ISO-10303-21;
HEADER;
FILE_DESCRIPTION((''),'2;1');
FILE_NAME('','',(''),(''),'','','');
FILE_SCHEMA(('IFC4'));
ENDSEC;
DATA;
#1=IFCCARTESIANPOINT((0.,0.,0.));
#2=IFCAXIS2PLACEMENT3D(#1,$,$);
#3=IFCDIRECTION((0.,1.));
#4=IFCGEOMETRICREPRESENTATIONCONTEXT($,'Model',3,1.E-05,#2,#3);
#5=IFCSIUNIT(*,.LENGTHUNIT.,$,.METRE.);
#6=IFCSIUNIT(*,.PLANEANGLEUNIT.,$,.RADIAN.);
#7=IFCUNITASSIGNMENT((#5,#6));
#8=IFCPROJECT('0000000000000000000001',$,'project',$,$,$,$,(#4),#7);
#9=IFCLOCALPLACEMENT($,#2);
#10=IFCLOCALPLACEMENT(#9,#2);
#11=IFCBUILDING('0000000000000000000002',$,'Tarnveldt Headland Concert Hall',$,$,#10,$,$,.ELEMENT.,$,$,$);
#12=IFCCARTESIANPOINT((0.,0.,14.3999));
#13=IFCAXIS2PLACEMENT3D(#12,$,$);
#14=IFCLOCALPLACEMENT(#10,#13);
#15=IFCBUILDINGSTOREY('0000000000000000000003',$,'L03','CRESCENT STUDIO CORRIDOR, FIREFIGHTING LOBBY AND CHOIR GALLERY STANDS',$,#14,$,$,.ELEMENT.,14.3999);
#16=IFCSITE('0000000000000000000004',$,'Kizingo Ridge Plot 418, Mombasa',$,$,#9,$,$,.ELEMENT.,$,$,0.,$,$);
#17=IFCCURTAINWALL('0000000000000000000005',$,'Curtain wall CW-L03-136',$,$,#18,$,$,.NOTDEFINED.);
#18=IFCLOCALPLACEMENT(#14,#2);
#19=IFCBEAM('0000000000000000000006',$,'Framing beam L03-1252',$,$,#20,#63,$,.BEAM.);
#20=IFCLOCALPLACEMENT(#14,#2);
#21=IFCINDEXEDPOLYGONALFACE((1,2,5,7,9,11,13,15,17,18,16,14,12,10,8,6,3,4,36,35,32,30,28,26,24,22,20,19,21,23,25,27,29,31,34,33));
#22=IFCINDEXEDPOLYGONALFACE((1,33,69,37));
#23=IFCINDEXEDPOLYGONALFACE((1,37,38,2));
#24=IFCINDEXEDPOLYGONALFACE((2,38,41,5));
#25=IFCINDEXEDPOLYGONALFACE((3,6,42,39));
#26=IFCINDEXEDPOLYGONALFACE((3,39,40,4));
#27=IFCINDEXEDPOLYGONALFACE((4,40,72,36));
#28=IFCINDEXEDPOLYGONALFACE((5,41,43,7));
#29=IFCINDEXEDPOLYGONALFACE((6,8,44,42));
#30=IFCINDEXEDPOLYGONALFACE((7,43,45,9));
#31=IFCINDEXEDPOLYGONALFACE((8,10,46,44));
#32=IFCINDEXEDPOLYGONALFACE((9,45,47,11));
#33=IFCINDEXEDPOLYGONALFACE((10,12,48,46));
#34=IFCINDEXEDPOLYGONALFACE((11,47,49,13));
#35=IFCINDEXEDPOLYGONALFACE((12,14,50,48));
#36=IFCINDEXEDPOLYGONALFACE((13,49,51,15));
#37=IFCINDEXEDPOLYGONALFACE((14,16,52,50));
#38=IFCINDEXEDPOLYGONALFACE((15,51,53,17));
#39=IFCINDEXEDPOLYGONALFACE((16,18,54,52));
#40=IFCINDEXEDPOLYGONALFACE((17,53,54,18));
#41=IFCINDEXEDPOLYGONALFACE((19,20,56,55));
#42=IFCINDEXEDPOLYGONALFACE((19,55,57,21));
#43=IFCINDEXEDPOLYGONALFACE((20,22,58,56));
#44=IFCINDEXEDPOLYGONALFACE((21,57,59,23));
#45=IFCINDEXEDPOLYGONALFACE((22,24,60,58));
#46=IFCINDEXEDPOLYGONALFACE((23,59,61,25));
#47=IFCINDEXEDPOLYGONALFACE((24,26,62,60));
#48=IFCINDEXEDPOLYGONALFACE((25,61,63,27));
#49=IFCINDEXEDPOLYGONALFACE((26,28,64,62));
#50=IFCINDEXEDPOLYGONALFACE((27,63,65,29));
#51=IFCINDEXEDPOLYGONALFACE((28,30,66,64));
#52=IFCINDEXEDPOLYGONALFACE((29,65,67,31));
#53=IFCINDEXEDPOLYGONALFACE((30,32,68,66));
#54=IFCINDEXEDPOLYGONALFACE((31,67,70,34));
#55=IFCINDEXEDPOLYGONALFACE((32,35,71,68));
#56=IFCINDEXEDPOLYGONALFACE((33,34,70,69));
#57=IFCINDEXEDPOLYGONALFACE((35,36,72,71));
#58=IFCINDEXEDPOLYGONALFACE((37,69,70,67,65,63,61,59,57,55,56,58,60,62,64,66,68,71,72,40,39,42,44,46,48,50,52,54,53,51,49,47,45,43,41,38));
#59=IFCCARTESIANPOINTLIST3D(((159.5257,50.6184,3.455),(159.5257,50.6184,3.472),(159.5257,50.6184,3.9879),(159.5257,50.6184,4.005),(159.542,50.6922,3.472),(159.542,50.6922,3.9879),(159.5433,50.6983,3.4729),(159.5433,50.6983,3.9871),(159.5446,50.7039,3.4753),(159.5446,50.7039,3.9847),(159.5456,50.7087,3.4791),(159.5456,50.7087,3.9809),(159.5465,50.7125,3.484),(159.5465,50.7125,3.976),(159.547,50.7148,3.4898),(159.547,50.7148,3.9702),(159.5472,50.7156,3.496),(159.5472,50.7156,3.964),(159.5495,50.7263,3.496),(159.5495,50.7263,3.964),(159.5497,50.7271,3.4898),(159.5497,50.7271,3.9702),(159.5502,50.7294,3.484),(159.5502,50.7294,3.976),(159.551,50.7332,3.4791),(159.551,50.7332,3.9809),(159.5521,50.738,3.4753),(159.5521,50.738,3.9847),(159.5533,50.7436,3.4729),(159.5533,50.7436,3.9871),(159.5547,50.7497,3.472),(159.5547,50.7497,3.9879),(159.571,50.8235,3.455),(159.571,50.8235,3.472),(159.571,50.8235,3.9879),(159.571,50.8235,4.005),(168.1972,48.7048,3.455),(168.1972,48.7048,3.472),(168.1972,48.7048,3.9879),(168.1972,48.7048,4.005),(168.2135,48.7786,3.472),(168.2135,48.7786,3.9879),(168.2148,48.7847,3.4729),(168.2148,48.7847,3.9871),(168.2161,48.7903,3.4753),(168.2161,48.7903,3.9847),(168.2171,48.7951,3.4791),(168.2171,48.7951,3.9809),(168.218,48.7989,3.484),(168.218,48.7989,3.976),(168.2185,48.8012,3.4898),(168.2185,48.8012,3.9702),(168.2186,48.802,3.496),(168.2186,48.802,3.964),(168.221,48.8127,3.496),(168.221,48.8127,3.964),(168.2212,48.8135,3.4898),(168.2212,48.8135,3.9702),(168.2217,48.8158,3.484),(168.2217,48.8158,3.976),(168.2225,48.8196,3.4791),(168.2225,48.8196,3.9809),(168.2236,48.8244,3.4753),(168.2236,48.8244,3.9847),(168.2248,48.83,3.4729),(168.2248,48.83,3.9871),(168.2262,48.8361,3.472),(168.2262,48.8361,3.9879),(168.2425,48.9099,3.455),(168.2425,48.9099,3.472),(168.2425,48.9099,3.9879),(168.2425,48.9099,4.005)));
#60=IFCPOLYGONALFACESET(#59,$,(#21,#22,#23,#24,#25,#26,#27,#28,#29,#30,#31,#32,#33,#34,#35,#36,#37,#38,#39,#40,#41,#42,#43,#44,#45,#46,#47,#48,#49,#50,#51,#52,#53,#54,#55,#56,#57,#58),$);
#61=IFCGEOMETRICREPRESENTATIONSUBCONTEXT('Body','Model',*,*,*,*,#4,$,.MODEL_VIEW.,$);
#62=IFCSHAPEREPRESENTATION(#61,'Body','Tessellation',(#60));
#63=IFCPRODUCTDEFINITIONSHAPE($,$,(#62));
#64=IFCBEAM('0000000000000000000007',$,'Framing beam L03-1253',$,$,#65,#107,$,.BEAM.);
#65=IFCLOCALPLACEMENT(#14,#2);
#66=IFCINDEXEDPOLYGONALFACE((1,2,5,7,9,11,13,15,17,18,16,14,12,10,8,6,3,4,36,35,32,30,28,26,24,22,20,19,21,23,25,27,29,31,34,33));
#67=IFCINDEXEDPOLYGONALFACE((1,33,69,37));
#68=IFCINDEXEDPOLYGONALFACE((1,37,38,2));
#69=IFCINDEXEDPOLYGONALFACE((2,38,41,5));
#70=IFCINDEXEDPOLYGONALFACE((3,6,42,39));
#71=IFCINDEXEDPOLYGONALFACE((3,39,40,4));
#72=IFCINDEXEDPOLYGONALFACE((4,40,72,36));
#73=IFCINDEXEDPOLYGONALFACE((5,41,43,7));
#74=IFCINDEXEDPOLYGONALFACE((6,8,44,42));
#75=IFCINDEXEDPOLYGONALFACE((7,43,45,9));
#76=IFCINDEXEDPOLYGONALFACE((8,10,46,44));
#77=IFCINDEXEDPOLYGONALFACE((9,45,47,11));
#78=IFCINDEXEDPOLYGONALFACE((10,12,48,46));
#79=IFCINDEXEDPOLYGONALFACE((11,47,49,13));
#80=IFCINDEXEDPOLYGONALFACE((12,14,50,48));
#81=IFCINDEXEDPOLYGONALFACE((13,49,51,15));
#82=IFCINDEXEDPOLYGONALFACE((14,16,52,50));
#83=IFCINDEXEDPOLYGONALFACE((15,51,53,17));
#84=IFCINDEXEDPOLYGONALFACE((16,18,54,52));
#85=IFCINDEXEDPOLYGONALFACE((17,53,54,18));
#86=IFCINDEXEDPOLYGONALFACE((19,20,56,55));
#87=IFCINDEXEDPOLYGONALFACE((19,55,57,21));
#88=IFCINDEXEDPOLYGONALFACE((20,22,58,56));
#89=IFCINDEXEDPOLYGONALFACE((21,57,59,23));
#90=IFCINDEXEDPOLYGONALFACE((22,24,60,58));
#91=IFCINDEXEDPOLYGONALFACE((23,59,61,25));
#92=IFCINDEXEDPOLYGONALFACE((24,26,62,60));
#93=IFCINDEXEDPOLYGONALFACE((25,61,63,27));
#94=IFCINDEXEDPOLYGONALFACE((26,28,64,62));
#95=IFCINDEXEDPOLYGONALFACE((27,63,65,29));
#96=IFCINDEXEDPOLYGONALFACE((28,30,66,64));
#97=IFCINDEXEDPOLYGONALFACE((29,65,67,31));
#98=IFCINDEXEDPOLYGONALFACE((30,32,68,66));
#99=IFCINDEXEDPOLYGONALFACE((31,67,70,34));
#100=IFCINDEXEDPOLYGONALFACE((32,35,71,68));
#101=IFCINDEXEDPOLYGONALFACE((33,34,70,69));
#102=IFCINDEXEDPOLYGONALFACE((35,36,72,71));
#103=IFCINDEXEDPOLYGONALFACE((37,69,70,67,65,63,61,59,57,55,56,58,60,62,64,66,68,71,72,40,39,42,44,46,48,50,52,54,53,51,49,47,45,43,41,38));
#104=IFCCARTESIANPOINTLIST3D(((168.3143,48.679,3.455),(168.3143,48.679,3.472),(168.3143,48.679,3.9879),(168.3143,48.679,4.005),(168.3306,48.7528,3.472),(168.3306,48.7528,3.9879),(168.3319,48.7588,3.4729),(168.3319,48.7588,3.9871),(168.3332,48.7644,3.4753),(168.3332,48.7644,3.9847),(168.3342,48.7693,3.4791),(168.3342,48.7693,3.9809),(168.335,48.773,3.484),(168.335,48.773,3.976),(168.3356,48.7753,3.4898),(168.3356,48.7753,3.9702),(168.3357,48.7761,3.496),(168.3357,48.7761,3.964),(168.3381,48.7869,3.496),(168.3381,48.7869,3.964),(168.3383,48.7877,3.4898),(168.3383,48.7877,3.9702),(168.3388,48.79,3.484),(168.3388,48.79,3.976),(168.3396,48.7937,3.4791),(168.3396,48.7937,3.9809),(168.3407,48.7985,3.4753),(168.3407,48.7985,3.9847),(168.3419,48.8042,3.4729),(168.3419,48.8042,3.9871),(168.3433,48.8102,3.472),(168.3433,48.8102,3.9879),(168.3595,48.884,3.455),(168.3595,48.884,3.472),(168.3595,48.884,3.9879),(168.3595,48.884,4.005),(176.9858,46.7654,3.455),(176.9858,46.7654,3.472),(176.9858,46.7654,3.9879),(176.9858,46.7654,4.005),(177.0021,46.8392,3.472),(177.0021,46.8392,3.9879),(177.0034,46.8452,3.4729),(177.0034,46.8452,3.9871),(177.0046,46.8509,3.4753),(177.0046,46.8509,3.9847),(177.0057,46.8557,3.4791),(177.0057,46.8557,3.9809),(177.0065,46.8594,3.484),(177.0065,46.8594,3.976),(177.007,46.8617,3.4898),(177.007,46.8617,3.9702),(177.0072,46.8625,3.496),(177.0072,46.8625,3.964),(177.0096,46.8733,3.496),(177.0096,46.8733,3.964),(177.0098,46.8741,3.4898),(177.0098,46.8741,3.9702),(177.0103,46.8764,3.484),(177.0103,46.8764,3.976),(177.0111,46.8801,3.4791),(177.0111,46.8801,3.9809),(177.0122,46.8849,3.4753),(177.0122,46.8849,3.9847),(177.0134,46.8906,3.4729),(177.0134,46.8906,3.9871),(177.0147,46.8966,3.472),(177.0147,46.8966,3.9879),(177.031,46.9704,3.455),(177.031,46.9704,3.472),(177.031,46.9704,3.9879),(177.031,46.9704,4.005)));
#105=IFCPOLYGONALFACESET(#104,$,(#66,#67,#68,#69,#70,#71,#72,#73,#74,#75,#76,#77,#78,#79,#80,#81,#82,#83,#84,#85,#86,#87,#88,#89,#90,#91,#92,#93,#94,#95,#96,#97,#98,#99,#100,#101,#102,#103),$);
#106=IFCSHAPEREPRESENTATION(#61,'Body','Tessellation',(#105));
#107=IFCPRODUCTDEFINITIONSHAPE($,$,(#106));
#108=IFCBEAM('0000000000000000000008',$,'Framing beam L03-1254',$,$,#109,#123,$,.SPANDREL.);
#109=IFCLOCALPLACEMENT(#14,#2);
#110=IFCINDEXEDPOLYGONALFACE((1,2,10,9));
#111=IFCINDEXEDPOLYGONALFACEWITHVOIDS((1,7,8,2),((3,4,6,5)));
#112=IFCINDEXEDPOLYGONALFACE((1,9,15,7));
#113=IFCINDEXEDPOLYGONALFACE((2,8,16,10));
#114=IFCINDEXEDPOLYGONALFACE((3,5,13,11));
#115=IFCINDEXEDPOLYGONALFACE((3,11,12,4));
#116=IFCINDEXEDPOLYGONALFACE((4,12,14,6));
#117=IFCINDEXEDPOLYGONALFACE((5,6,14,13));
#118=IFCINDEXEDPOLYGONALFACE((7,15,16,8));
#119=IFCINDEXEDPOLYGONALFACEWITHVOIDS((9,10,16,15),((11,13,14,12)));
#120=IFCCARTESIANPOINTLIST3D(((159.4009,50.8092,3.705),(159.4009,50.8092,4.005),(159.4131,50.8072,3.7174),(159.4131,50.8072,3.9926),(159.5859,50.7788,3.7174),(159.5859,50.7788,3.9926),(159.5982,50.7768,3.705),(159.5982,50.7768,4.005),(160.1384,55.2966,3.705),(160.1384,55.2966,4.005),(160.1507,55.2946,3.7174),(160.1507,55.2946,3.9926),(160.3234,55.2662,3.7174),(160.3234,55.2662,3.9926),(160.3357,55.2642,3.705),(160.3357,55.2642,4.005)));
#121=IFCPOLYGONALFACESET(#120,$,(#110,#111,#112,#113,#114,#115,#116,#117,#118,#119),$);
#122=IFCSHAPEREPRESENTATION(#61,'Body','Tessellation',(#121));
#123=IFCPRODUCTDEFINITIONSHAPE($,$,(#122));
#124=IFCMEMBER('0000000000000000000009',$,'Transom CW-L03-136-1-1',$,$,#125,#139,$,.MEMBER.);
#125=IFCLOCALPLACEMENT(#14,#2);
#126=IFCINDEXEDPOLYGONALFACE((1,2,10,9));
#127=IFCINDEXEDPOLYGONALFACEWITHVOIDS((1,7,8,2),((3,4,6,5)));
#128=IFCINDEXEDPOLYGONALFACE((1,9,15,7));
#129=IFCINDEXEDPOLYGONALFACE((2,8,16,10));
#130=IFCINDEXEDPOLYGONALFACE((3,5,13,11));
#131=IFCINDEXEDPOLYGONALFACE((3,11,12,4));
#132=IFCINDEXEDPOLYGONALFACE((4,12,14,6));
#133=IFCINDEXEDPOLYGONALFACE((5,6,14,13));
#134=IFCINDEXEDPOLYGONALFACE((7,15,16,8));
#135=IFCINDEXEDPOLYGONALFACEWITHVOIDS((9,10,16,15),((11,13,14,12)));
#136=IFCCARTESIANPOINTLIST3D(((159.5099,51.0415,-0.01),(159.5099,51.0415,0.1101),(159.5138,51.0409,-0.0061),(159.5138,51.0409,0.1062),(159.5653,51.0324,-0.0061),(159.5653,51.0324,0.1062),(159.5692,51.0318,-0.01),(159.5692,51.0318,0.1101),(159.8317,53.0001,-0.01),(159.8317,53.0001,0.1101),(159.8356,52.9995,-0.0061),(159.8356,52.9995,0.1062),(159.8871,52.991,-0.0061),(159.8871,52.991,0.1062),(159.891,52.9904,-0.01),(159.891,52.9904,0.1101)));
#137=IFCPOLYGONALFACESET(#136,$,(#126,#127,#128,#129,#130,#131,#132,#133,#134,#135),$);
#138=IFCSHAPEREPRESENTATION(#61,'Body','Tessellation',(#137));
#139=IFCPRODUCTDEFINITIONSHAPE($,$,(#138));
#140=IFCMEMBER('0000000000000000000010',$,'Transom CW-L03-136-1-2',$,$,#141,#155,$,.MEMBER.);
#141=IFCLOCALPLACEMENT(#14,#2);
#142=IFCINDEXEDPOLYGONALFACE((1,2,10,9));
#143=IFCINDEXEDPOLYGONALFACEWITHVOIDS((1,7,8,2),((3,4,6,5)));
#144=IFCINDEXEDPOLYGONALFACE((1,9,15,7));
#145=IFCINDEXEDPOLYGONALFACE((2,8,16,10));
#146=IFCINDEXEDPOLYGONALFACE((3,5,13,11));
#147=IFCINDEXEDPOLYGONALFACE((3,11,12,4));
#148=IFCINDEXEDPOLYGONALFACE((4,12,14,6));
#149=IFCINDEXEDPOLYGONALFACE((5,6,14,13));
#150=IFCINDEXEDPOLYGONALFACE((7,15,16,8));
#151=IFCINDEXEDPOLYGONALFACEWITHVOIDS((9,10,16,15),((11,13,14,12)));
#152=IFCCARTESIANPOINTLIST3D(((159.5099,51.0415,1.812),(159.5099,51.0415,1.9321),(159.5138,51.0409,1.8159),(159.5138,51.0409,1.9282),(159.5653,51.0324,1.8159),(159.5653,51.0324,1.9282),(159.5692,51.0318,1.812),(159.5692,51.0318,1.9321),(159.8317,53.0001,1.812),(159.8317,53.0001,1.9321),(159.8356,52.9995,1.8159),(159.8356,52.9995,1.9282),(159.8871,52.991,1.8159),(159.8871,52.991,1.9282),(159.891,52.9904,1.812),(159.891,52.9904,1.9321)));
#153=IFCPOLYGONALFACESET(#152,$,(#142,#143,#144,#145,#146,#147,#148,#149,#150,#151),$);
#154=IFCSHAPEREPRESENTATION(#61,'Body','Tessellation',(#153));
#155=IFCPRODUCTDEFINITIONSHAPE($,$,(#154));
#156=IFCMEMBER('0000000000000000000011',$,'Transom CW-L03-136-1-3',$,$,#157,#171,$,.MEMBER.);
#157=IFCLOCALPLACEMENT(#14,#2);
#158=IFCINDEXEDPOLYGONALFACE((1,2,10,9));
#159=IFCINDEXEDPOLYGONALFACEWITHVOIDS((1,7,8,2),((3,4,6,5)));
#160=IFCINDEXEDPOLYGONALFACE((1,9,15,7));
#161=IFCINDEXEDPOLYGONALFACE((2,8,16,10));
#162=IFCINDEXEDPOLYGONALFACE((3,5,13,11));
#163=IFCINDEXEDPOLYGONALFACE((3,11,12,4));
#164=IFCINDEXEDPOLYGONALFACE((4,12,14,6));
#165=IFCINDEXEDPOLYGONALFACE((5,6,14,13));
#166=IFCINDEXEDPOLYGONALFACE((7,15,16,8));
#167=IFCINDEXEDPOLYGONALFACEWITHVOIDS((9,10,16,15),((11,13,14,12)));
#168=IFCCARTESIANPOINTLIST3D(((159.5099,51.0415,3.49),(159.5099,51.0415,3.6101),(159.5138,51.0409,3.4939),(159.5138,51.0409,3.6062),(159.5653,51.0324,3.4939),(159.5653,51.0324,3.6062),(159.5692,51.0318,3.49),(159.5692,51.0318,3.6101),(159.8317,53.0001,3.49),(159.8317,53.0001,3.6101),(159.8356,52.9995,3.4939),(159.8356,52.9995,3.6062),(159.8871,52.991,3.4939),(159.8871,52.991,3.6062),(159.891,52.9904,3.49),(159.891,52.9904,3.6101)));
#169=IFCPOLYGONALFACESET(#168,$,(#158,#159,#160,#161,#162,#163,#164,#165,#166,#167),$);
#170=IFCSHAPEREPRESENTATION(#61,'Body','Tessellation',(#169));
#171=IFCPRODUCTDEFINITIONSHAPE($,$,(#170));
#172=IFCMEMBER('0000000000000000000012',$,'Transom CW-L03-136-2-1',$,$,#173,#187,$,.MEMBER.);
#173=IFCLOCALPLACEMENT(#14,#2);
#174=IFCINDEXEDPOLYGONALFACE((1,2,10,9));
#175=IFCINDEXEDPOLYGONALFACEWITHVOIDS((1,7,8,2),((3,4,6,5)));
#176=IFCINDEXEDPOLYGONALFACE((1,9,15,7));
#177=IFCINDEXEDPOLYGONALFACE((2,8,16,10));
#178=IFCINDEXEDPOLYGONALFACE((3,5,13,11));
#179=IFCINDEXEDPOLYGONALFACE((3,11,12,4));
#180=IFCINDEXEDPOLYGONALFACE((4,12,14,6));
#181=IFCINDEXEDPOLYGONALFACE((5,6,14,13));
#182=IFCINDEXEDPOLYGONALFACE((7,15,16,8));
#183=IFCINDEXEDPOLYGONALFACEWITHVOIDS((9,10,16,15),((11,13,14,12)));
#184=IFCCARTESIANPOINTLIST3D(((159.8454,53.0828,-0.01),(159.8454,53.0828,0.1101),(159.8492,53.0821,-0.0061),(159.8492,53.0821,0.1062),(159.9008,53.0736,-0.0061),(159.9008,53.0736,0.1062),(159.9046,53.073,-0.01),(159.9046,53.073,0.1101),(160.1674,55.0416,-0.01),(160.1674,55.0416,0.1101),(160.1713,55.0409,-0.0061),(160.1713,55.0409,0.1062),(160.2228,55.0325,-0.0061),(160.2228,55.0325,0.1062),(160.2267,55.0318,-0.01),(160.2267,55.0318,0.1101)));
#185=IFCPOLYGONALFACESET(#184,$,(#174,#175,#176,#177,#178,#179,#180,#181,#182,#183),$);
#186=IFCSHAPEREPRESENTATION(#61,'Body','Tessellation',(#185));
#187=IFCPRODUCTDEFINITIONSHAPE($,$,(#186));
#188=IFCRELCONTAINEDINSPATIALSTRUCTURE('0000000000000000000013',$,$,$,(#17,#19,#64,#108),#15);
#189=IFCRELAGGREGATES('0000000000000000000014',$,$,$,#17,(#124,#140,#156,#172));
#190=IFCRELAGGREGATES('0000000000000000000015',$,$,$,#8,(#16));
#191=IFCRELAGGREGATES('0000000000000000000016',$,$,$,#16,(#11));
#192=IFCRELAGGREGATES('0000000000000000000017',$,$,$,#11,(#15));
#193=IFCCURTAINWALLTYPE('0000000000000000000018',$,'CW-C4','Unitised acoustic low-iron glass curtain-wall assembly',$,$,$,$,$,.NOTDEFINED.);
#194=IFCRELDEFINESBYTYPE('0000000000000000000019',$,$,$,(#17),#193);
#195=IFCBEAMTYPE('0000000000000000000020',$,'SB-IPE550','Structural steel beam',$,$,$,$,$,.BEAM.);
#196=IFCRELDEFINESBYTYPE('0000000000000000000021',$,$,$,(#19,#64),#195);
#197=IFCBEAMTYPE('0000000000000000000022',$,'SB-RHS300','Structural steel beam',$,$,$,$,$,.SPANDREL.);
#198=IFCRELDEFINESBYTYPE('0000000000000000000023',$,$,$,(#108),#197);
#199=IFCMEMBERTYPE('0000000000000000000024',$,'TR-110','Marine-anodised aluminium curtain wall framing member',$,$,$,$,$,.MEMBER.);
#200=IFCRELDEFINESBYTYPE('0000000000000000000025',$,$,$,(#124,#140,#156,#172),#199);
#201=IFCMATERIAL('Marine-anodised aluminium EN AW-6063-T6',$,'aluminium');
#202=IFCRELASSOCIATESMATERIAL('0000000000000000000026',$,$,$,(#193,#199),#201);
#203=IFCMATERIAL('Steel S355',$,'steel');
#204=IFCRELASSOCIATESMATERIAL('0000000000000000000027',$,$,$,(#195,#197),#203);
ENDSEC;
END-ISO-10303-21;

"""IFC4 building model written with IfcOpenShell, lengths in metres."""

from ifc_helpers import new_model, si_unit, direction, frame, origin, origin_2d, place, context, subcontext, project, spatial, hollow_rectangle, i_section, extrude, material, material_profile, profile_set, type_object, element, aggregate, save


model = new_model("IFC4")

# Units and contexts
model_context = context("Model", 3, precision=1e-05, world=origin(), true_north=direction((0.0, 1.0)))
body_context = subcontext(model_context, "Body", "Model", "MODEL_VIEW")
ifc_project = project(units=[si_unit("LENGTHUNIT", "METRE"), si_unit("PLANEANGLEUNIT", "RADIAN")], contexts=[model_context])

# Site, building, storey
site_placement = place(None, origin())
site = spatial("IfcSite", under=ifc_project, at=site_placement, Name="Kizingo Ridge Plot 418, Mombasa", CompositionType="ELEMENT", RefElevation=0.0)
building_placement = place(site_placement, origin())
building = spatial("IfcBuilding", under=site, at=building_placement, Name="Tarnveldt Headland Concert Hall", CompositionType="ELEMENT")
storey_placement = place(building_placement, frame((0.0, 0.0, 14.3999)))
storey = spatial("IfcBuildingStorey", under=building, at=storey_placement, Name="L03", Description="CRESCENT STUDIO CORRIDOR, FIREFIGHTING LOBBY AND CHOIR GALLERY STANDS", CompositionType="ELEMENT", Elevation=14.3999)

# Shared definitions
ifc_material_1 = material(Name="Steel S355", Category="steel")

# Curtain wall
ifc_material_2 = material(Name="Marine-anodised aluminium EN AW-6063-T6", Category="aluminium")
curtain_wall_type = type_object("IfcCurtainWallType", Name="CW-C4", Description="Unitised acoustic low-iron glass curtain-wall assembly", PredefinedType="NOTDEFINED", material=ifc_material_2)
curtain_wall_placement = place(storey_placement, origin())
curtain_wall = element("IfcCurtainWall", 1, at=curtain_wall_placement, inside=storey, type_object=curtain_wall_type, Name="Curtain wall CW-L03-136", PredefinedType="NOTDEFINED")

# Beams
ifc_material_profile_1 = material_profile(ifc_material_1, i_section(OverallWidth=0.21, OverallDepth=0.55, WebThickness=0.011, FlangeThickness=0.0171, FilletRadius=0.0239, at=origin_2d()), Name="IPE550", Category="steel")
ifc_profile_set_1 = profile_set([ifc_material_profile_1], Name="Steel S355")
beam_type_1 = type_object("IfcBeamType", Name="SB-IPE550", Description="Structural steel beam", PredefinedType="BEAM", material=ifc_profile_set_1)
for number, where, z_axis, x_axis, name in (
    (2, (159.5483, 50.7209, 3.73), (0.976506, -0.215492, 0.0), (0.215492, 0.976506, 0.0), "Framing beam L03-1252"),
    (3, (168.3369, 48.7815, 3.73), (0.976506, -0.215492, 0.0), (0.215492, 0.976506, 0.0), "Framing beam L03-1253"),
):
    element("IfcBeam", number, at=place(storey_placement, frame(where, z_axis=z_axis, x_axis=x_axis)), inside=storey, type_object=beam_type_1, Name=name, PredefinedType="BEAM", context=body_context, shape_type="SweptSolid", body=[
        extrude(i_section(OverallWidth=0.21, OverallDepth=0.55, WebThickness=0.011, FlangeThickness=0.0171, FilletRadius=0.0239, at=origin_2d()), origin(), (0.0, 0.0, 1.0), 8.8801),
    ])
ifc_material_profile_2 = material_profile(ifc_material_1, hollow_rectangle(XDim=0.2, YDim=0.3, WallThickness=0.0125, at=origin_2d()), Name="RHS 300x200x12.5", Category="steel")
ifc_profile_set_2 = profile_set([ifc_material_profile_2], Name="Steel S355")
beam_type_2 = type_object("IfcBeamType", Name="SB-RHS300", Description="Structural steel beam", PredefinedType="SPANDREL", material=ifc_profile_set_2)
beam_1_placement = place(storey_placement, frame((159.4995, 50.793, 3.855), z_axis=(0.162187, 0.98676, 0.0), x_axis=(-0.98676, 0.162187, 0.0)))
element("IfcBeam", 4, at=beam_1_placement, inside=storey, type_object=beam_type_2, Name="Framing beam L03-1254", PredefinedType="SPANDREL", context=body_context, shape_type="SweptSolid", body=[
    extrude(hollow_rectangle(XDim=0.2, YDim=0.3, WallThickness=0.0125, at=origin_2d()), origin(), (0.0, 0.0, 1.0), 4.5476),
])

# Members
ifc_material_profile_3 = material_profile(ifc_material_2, hollow_rectangle(XDim=0.0601, YDim=0.1201, WallThickness=0.0039, at=origin_2d()), Name="ALU TRANSOM 60x120x4", Category="aluminium")
ifc_profile_set_3 = profile_set([ifc_material_profile_3], Name="Marine-anodised aluminium EN AW-6063-T6")
member_type_1 = type_object("IfcMemberType", Name="TR-110", Description="Marine-anodised aluminium curtain wall framing member", PredefinedType="MEMBER", material=ifc_profile_set_3)
member_1_placement = place(storey_placement, frame((159.5396, 51.0366, 0.05), z_axis=(0.162125, 0.98677, 0.0), x_axis=(-0.98677, 0.162125, 0.0)))
member_1 = element("IfcMember", 5, at=member_1_placement, type_object=member_type_1, Name="Transom CW-L03-136-1-1", PredefinedType="MEMBER", context=body_context, shape_type="SweptSolid", body=[
    extrude(hollow_rectangle(XDim=0.0601, YDim=0.1201, WallThickness=0.0039, at=origin_2d()), origin(), (0.0, 0.0, 1.0), 1.9849),
])
member_2_placement = place(storey_placement, frame((159.5396, 51.0366, 1.8721), z_axis=(0.162125, 0.98677, 0.0), x_axis=(-0.98677, 0.162125, 0.0)))
member_2 = element("IfcMember", 6, at=member_2_placement, type_object=member_type_1, Name="Transom CW-L03-136-1-2", PredefinedType="MEMBER", context=body_context, shape_type="SweptSolid", body=[
    extrude(hollow_rectangle(XDim=0.0601, YDim=0.1201, WallThickness=0.0039, at=origin_2d()), origin(), (0.0, 0.0, 1.0), 1.9849),
])
member_3_placement = place(storey_placement, frame((159.5396, 51.0366, 3.55), z_axis=(0.162125, 0.98677, 0.0), x_axis=(-0.98677, 0.162125, 0.0)))
member_3 = element("IfcMember", 7, at=member_3_placement, type_object=member_type_1, Name="Transom CW-L03-136-1-3", PredefinedType="MEMBER", context=body_context, shape_type="SweptSolid", body=[
    extrude(hollow_rectangle(XDim=0.0601, YDim=0.1201, WallThickness=0.0039, at=origin_2d()), origin(), (0.0, 0.0, 1.0), 1.9849),
])
member_4_placement = place(storey_placement, frame((159.875, 53.0779, 0.05), z_axis=(0.162225, 0.986754, 0.0), x_axis=(-0.986754, 0.162225, 0.0)))
member_4 = element("IfcMember", 8, at=member_4_placement, type_object=member_type_1, Name="Transom CW-L03-136-2-1", PredefinedType="MEMBER", context=body_context, shape_type="SweptSolid", body=[
    extrude(hollow_rectangle(XDim=0.0601, YDim=0.1201, WallThickness=0.0039, at=origin_2d()), origin(), (0.0, 0.0, 1.0), 1.9851),
])

aggregate(curtain_wall, [member_1, member_2, member_3, member_4])

save(model, "model.ifc")
